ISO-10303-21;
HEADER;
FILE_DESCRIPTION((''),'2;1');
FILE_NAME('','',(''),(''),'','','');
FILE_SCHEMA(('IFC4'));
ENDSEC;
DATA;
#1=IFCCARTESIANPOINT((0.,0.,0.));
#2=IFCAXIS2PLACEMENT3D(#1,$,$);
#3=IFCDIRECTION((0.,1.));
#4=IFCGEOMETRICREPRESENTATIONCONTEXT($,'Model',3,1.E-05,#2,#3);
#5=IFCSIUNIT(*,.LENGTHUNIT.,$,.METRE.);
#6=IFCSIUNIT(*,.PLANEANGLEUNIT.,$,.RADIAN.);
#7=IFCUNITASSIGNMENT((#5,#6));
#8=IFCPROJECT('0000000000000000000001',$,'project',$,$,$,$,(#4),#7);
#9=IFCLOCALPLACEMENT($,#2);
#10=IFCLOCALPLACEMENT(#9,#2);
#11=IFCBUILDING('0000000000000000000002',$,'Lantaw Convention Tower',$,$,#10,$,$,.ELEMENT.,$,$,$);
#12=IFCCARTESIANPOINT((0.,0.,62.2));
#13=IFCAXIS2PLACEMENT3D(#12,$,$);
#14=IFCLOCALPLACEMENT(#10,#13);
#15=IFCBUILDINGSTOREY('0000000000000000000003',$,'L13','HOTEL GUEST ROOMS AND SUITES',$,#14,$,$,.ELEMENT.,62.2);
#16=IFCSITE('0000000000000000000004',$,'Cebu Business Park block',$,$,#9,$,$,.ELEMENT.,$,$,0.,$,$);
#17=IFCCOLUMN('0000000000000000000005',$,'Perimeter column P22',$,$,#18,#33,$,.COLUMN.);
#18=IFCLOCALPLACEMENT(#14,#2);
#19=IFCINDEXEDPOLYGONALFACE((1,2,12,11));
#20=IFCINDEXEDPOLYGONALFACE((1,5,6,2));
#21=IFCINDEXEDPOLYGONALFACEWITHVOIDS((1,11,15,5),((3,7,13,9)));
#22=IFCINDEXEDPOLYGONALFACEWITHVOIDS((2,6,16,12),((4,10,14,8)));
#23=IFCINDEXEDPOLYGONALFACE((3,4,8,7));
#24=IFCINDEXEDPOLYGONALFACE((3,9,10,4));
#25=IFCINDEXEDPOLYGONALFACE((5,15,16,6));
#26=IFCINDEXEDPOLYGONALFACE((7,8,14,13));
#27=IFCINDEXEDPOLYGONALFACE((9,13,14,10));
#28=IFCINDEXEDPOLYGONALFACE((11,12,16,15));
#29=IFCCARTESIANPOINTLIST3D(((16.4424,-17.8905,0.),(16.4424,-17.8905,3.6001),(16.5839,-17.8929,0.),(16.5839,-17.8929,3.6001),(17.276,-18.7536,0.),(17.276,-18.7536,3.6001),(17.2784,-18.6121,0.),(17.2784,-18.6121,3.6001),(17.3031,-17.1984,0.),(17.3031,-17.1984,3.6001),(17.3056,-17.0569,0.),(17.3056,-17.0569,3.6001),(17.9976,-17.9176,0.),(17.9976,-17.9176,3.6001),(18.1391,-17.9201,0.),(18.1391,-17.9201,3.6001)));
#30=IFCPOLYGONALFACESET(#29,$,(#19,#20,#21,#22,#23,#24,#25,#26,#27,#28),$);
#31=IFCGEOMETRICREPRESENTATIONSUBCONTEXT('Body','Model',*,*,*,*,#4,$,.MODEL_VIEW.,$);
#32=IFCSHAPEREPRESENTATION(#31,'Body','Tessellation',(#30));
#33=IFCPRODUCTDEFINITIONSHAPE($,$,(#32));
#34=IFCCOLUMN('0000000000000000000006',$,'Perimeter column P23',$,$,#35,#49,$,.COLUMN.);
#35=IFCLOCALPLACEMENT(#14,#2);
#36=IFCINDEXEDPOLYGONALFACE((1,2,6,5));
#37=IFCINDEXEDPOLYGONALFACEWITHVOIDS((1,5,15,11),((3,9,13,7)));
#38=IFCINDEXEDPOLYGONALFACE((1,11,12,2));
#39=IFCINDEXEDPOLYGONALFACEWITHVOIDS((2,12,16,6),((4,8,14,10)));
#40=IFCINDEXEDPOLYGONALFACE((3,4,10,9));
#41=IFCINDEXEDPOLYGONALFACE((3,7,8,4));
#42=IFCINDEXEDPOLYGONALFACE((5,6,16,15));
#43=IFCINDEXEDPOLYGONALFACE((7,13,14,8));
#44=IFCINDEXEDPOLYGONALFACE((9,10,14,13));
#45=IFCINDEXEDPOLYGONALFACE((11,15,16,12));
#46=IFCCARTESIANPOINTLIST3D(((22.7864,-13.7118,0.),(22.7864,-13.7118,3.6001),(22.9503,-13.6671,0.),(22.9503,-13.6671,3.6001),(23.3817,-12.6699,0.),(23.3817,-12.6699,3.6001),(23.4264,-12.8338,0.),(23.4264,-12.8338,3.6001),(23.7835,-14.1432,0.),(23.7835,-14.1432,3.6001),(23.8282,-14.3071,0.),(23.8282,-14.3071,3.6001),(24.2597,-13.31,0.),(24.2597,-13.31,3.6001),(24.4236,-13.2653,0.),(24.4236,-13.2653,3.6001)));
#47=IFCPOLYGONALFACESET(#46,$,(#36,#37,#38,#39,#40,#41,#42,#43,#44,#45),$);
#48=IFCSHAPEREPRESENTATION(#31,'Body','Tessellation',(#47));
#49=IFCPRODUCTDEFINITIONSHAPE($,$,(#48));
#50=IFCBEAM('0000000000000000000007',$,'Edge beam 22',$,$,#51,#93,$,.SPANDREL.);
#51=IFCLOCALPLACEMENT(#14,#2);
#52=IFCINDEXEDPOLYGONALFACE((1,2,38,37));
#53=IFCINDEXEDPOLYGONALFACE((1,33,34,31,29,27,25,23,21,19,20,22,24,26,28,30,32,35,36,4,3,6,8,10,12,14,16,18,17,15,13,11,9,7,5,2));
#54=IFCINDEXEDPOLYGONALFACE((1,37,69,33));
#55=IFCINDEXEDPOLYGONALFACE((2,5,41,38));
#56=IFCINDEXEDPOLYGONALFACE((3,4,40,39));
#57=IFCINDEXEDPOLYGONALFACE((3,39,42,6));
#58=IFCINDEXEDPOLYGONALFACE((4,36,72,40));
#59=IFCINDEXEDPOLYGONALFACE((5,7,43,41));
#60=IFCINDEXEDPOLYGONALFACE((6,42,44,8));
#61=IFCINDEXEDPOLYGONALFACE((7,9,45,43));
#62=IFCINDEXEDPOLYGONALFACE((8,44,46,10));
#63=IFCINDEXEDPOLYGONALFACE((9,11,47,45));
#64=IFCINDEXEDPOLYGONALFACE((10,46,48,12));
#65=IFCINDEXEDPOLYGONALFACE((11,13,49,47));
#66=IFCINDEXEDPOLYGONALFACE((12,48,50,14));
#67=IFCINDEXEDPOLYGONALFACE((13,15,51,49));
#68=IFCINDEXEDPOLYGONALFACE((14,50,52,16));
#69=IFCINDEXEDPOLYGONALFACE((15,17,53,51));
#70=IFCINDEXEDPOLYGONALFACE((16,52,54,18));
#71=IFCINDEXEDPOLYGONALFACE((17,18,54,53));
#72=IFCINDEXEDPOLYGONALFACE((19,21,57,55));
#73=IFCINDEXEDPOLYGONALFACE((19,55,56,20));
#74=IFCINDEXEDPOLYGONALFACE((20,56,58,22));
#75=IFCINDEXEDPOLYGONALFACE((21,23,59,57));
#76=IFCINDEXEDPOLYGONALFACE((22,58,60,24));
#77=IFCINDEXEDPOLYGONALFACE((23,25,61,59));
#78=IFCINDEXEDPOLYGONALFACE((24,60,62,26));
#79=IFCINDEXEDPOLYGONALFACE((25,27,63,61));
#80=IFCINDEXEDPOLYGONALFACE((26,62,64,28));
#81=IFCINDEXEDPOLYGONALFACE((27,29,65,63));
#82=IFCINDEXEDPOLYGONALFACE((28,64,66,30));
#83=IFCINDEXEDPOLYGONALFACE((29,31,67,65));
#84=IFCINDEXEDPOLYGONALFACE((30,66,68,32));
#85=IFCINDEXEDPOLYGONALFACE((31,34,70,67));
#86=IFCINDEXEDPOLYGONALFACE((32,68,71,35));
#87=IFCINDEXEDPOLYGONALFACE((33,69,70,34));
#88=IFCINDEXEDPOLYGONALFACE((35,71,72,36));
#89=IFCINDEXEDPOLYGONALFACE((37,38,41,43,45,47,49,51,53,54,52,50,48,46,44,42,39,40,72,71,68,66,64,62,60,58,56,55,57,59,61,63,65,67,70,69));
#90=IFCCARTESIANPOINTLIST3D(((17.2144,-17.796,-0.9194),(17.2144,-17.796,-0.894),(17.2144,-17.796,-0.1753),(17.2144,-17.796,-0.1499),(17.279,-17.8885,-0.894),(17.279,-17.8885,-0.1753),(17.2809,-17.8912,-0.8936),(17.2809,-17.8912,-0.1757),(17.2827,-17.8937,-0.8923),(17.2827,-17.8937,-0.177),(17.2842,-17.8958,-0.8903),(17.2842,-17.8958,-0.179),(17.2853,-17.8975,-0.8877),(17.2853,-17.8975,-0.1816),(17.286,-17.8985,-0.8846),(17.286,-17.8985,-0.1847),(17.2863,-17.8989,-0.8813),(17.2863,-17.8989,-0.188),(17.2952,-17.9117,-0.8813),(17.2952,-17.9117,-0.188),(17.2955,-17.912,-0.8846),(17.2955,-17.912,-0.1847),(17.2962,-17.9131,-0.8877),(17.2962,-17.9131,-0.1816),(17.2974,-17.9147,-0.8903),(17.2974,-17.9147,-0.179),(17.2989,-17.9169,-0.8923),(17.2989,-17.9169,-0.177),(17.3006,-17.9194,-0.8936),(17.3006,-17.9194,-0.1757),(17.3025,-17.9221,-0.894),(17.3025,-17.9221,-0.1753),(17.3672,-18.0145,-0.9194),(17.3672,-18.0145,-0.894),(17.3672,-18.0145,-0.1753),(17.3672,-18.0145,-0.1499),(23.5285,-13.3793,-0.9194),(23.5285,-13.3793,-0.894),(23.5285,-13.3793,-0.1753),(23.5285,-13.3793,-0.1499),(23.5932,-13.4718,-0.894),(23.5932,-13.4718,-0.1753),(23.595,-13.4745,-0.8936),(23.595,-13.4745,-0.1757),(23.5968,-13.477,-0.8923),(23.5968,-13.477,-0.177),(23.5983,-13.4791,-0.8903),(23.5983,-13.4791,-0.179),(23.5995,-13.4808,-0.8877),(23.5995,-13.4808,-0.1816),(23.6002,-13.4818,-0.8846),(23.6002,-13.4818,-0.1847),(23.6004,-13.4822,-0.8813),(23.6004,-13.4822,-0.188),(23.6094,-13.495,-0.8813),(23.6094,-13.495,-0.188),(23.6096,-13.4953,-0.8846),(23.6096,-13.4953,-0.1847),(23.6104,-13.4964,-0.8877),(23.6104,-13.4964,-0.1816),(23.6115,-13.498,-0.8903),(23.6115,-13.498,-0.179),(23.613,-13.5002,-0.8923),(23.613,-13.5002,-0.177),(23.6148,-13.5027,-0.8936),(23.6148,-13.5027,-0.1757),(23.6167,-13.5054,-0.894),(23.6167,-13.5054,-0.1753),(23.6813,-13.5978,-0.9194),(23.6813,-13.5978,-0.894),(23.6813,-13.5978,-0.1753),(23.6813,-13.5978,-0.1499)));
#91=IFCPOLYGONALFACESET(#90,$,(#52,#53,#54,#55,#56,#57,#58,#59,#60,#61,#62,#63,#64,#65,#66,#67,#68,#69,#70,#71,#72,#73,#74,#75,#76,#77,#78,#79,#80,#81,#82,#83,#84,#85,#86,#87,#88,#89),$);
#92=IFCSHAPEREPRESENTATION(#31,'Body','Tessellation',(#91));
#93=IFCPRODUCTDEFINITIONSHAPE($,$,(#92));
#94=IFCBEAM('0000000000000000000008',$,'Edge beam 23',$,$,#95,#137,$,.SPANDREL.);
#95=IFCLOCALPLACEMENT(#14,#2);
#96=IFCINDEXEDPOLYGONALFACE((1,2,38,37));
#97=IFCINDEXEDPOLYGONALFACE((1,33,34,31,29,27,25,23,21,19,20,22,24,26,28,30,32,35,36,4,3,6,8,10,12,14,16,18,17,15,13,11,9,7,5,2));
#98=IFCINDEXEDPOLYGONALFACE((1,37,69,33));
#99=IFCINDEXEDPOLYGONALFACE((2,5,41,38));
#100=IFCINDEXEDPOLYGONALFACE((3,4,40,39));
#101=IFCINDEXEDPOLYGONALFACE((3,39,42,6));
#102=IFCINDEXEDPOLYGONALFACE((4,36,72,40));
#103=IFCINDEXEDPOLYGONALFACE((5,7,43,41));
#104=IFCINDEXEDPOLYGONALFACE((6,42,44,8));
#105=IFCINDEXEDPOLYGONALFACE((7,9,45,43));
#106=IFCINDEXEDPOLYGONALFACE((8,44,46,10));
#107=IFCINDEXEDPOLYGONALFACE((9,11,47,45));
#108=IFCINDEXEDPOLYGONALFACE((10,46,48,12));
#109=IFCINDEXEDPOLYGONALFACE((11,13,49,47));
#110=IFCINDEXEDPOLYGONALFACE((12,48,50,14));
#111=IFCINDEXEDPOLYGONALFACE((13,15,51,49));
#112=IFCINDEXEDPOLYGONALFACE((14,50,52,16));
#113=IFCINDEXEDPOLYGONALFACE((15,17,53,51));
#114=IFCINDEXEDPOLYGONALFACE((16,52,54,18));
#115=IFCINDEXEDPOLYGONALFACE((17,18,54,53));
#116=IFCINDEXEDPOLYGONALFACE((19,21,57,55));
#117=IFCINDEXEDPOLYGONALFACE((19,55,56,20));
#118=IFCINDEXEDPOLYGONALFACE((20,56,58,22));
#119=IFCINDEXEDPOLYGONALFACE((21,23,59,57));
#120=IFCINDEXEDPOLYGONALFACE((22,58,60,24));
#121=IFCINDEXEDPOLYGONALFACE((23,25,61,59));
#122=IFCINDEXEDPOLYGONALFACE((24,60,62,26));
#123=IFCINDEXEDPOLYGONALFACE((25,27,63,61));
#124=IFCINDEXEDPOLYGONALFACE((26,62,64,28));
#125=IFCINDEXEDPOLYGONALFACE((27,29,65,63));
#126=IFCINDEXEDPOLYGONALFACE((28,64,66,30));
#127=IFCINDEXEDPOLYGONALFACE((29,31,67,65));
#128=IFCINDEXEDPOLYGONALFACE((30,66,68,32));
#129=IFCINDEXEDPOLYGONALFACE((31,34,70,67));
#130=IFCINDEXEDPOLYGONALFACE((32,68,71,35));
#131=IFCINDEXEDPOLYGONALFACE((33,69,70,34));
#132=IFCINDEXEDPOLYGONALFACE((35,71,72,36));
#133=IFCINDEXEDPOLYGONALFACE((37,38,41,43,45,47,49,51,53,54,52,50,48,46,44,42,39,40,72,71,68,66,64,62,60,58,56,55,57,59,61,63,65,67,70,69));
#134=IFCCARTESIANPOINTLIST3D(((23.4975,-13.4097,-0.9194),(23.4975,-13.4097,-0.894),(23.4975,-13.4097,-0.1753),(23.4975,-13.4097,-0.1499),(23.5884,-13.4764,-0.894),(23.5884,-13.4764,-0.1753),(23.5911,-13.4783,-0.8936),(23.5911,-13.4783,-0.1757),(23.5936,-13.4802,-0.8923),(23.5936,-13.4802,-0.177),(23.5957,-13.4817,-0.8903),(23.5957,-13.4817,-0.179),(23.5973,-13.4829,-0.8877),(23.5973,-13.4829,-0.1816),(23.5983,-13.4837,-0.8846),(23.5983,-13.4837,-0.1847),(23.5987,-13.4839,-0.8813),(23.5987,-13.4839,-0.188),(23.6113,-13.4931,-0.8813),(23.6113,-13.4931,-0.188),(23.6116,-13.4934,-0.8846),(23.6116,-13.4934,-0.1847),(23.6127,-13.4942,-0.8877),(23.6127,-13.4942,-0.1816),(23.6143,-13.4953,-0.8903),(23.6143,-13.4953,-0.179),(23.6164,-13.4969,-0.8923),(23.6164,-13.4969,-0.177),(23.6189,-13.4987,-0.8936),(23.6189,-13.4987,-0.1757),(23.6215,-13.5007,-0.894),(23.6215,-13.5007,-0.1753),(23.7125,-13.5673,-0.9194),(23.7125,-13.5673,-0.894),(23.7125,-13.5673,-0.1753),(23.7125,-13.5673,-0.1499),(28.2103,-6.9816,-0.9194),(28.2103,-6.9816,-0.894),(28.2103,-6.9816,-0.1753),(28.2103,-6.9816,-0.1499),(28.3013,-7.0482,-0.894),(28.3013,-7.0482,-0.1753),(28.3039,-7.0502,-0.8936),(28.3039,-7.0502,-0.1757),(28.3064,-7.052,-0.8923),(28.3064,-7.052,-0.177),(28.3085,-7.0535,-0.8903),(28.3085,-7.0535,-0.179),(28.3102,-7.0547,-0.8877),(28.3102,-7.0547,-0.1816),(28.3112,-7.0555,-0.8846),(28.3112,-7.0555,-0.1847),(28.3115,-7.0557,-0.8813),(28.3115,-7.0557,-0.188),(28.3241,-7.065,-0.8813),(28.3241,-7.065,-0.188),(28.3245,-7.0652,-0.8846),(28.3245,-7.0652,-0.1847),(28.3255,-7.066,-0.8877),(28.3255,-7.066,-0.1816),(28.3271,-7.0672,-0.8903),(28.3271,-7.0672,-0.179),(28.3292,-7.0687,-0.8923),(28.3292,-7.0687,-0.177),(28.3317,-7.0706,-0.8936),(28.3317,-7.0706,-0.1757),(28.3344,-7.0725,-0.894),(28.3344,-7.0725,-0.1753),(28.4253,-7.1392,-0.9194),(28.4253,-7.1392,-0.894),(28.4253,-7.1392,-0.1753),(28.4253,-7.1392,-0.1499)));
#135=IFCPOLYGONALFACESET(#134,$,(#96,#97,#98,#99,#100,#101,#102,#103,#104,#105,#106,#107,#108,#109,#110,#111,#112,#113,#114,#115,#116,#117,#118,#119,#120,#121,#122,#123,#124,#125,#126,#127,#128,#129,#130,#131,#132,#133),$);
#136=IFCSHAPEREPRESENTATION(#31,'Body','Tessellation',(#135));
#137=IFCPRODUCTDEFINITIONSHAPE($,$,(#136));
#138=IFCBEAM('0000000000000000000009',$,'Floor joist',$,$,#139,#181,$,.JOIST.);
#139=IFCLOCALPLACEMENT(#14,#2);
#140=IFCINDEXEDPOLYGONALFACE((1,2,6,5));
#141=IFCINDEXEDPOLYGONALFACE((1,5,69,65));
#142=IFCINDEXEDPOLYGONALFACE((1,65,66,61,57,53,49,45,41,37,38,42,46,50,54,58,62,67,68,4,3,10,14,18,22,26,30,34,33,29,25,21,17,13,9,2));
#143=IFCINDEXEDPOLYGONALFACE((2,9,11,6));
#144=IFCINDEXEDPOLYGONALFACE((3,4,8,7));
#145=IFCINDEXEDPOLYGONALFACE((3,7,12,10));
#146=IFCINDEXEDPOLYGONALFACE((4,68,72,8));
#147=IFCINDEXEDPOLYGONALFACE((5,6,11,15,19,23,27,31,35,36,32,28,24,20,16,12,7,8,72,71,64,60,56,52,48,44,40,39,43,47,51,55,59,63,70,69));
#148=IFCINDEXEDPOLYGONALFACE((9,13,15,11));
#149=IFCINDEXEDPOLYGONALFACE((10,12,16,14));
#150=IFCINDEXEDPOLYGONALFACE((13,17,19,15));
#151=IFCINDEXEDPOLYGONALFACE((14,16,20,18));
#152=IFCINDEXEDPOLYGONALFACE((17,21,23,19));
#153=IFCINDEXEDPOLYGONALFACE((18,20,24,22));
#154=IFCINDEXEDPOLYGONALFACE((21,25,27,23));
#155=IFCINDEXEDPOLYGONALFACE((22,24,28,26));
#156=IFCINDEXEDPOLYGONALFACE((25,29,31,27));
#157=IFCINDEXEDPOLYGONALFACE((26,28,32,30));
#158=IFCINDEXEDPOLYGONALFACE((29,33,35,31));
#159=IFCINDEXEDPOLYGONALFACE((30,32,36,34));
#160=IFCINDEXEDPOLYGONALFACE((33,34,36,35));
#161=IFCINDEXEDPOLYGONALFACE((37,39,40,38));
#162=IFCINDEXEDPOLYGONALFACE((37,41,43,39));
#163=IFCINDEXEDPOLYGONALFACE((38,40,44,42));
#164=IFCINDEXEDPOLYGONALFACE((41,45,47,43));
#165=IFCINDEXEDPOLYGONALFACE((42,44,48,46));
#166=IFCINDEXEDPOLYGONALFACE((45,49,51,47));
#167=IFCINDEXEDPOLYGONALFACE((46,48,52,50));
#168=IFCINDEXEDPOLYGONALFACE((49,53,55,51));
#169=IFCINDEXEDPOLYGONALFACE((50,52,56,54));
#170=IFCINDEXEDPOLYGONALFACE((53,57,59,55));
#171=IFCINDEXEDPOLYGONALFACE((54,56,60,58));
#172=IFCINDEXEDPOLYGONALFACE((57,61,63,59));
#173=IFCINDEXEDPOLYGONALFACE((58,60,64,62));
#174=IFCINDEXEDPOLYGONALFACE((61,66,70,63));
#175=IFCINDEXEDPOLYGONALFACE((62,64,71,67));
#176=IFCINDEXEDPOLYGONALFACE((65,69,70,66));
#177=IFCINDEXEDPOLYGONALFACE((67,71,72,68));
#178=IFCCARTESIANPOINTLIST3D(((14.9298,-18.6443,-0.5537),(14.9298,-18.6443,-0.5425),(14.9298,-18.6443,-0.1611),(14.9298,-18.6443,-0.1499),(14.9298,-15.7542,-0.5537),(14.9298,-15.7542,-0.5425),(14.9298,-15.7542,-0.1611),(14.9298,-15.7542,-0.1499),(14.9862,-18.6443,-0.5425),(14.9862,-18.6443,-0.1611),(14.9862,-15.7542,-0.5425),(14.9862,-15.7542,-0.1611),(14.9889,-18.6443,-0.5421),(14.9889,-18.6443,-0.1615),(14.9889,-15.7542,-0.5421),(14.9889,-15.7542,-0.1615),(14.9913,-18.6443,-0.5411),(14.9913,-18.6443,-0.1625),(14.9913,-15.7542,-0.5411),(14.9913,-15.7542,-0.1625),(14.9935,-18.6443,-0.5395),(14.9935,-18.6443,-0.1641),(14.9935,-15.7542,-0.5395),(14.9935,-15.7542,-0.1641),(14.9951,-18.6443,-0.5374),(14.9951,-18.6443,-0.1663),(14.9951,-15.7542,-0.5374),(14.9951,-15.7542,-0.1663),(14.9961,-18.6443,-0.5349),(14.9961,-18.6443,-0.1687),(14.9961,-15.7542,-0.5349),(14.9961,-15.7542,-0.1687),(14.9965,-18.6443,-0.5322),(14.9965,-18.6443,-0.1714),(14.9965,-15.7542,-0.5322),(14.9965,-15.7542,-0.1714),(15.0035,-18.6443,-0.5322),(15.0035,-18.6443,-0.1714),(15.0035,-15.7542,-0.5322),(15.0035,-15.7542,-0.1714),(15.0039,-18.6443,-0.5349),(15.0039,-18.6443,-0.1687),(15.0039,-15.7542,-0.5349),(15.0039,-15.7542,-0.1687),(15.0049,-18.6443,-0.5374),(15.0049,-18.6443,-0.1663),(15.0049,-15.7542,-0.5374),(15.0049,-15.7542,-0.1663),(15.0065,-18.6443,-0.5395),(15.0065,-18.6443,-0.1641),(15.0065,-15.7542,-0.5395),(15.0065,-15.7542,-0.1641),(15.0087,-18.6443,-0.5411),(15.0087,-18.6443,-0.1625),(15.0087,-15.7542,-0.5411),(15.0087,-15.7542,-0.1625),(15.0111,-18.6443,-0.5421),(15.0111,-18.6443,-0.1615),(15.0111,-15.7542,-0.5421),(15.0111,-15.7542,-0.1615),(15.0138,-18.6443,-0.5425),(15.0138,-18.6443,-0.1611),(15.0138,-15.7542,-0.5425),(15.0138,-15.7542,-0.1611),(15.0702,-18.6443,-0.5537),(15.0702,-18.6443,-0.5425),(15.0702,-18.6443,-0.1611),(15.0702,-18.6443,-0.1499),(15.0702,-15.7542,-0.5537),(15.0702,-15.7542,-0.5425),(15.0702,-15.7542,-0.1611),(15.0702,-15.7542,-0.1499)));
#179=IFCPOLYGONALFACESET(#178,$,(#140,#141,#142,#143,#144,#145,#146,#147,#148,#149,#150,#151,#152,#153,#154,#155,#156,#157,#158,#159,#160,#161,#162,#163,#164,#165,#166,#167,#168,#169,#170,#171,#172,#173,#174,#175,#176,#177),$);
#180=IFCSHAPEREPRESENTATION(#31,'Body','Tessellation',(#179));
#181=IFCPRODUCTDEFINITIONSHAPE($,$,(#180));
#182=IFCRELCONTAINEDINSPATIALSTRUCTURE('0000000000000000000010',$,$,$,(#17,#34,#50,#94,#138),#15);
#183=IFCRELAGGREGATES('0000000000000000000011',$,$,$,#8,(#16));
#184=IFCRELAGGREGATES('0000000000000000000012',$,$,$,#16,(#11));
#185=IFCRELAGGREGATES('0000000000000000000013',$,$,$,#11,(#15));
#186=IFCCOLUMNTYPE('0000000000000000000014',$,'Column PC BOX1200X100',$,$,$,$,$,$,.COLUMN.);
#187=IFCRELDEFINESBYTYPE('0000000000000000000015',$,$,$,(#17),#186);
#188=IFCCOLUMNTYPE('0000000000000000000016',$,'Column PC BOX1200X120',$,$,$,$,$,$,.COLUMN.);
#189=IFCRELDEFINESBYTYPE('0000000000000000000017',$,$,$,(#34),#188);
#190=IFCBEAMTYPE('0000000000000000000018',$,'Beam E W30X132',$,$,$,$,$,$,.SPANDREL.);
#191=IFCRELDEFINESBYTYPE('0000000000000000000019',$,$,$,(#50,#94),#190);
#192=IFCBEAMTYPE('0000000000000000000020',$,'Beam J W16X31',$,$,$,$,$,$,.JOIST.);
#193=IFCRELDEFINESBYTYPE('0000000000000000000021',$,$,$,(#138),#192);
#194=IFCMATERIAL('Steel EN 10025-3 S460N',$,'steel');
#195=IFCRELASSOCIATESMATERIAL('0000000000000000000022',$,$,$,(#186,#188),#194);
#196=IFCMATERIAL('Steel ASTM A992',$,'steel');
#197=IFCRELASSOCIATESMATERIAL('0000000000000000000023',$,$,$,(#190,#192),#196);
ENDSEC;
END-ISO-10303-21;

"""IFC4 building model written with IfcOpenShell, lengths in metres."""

from ifc_helpers import new_model, si_unit, direction, frame, origin, origin_2d, place, context, subcontext, project, spatial, rectangle, hollow_rectangle, i_section, extrude, material, material_profile, profile_set, type_object, element, save


model = new_model("IFC4")

# Units and contexts
model_context = context("Model", 3, precision=1e-05, world=origin(), true_north=direction((0.0, 1.0)))
body_context = subcontext(model_context, "Body", "Model", "MODEL_VIEW")
ifc_project = project(units=[si_unit("LENGTHUNIT", "METRE"), si_unit("PLANEANGLEUNIT", "RADIAN")], contexts=[model_context])

# Site, building, storey
site_placement = place(None, origin())
site = spatial("IfcSite", under=ifc_project, at=site_placement, Name="Cebu Business Park block", CompositionType="ELEMENT", RefElevation=0.0)
building_placement = place(site_placement, origin())
building = spatial("IfcBuilding", under=site, at=building_placement, Name="Lantaw Convention Tower", CompositionType="ELEMENT")
storey_placement = place(building_placement, frame((0.0, 0.0, 62.2)))
storey = spatial("IfcBuildingStorey", under=building, at=storey_placement, Name="L13", Description="HOTEL GUEST ROOMS AND SUITES", CompositionType="ELEMENT", Elevation=62.2)

# Columns
ifc_material_1 = material(Name="Steel EN 10025-3 S460N", Category="steel")
ifc_material_profile_1 = material_profile(ifc_material_1, hollow_rectangle(XDim=1.2, YDim=1.2, WallThickness=0.1001, at=origin_2d()), Name="BOX1200X100")
ifc_material_2 = material(Name="Concrete C60/75", Category="concrete")
ifc_material_profile_2 = material_profile(ifc_material_2, rectangle(XDim=1.0, YDim=1.0, at=origin_2d()), Name="Concrete fill of BOX1200X100")
ifc_profile_set_1 = profile_set([ifc_material_profile_1, ifc_material_profile_2], Name="Steel EN 10025-3 S460N")
column_type_1 = type_object("IfcColumnType", Name="Column PC BOX1200X100", PredefinedType="COLUMN", material=ifc_profile_set_1)
column_1_placement = place(storey_placement, frame((17.2908, -17.9053, 0.0), z_axis=(0.0, 0.0, 1.0), x_axis=(0.71934, 0.694658, 0.0)))
element("IfcColumn", 1, at=column_1_placement, inside=storey, type_object=column_type_1, Name="Perimeter column P22", PredefinedType="COLUMN", context=body_context, shape_type="SweptSolid", body=[
    extrude(hollow_rectangle(XDim=1.2, YDim=1.2, WallThickness=0.1001, at=origin_2d()), origin(), (0.0, 0.0, 1.0), 3.6001),
])
ifc_material_profile_3 = material_profile(ifc_material_1, hollow_rectangle(XDim=1.2, YDim=1.2, WallThickness=0.1201, at=origin_2d()), Name="BOX1200X120")
ifc_material_profile_4 = material_profile(ifc_material_2, rectangle(XDim=0.96, YDim=0.96, at=origin_2d()), Name="Concrete fill of BOX1200X120")
ifc_profile_set_2 = profile_set([ifc_material_profile_3, ifc_material_profile_4], Name="Steel EN 10025-3 S460N")
column_type_2 = type_object("IfcColumnType", Name="Column PC BOX1200X120", PredefinedType="COLUMN", material=ifc_profile_set_2)
column_2_placement = place(storey_placement, frame((23.605, -13.4885, 0.0), z_axis=(0.0, 0.0, 1.0), x_axis=(0.496139, 0.868243, 0.0)))
element("IfcColumn", 2, at=column_2_placement, inside=storey, type_object=column_type_2, Name="Perimeter column P23", PredefinedType="COLUMN", context=body_context, shape_type="SweptSolid", body=[
    extrude(hollow_rectangle(XDim=1.2, YDim=1.2, WallThickness=0.1201, at=origin_2d()), origin(), (0.0, 0.0, 1.0), 3.6001),
])

# Beams
ifc_material_3 = material(Name="Steel ASTM A992", Category="steel")
ifc_material_profile_5 = material_profile(ifc_material_3, i_section(OverallWidth=0.2666, OverallDepth=0.7695, WebThickness=0.0156, FlangeThickness=0.0254, FilletRadius=0.0127, at=origin_2d()), Name="W30X132")
ifc_profile_set_3 = profile_set([ifc_material_profile_5], Name="Steel ASTM A992")
beam_type_1 = type_object("IfcBeamType", Name="Beam E W30X132", PredefinedType="SPANDREL", material=ifc_profile_set_3)
beam_1_placement = place(storey_placement, frame((17.2908, -17.9053, -0.5347), z_axis=(0.819427, 0.573184, 0.0), x_axis=(-0.573184, 0.819427, 0.0)))
element("IfcBeam", 3, at=beam_1_placement, inside=storey, type_object=beam_type_1, Name="Edge beam 22", PredefinedType="SPANDREL", context=body_context, shape_type="SweptSolid", body=[
    extrude(i_section(OverallWidth=0.2666, OverallDepth=0.7695, WebThickness=0.0156, FlangeThickness=0.0254, FilletRadius=0.0127, at=origin_2d()), origin(), (0.0, 0.0, 1.0), 7.7056),
])
beam_2_placement = place(storey_placement, frame((23.605, -13.4885, -0.5347), z_axis=(0.591271, 0.806473, 0.0), x_axis=(-0.806473, 0.591271, 0.0)))
element("IfcBeam", 4, at=beam_2_placement, inside=storey, type_object=beam_type_1, Name="Edge beam 23", PredefinedType="SPANDREL", context=body_context, shape_type="SweptSolid", body=[
    extrude(i_section(OverallWidth=0.2666, OverallDepth=0.7695, WebThickness=0.0156, FlangeThickness=0.0254, FilletRadius=0.0127, at=origin_2d()), origin(), (0.0, 0.0, 1.0), 7.9707),
])
ifc_material_profile_6 = material_profile(ifc_material_3, i_section(OverallWidth=0.1404, OverallDepth=0.4038, WebThickness=0.0071, FlangeThickness=0.0112, FilletRadius=0.0103, at=origin_2d()), Name="W16X31")
ifc_profile_set_4 = profile_set([ifc_material_profile_6], Name="Steel ASTM A992")
beam_type_2 = type_object("IfcBeamType", Name="Beam J W16X31", PredefinedType="JOIST", material=ifc_profile_set_4)
beam_3_placement = place(storey_placement, frame((15.0, -18.6443, -0.3518), z_axis=(0.0, 1.0, 0.0), x_axis=(-1.0, 0.0, 0.0)))
element("IfcBeam", 5, at=beam_3_placement, inside=storey, type_object=beam_type_2, Name="Floor joist", PredefinedType="JOIST", context=body_context, shape_type="SweptSolid", body=[
    extrude(i_section(OverallWidth=0.1404, OverallDepth=0.4038, WebThickness=0.0071, FlangeThickness=0.0112, FilletRadius=0.0103, at=origin_2d()), origin(), (0.0, 0.0, 1.0), 2.8901),
])

save(model, "model.ifc")
